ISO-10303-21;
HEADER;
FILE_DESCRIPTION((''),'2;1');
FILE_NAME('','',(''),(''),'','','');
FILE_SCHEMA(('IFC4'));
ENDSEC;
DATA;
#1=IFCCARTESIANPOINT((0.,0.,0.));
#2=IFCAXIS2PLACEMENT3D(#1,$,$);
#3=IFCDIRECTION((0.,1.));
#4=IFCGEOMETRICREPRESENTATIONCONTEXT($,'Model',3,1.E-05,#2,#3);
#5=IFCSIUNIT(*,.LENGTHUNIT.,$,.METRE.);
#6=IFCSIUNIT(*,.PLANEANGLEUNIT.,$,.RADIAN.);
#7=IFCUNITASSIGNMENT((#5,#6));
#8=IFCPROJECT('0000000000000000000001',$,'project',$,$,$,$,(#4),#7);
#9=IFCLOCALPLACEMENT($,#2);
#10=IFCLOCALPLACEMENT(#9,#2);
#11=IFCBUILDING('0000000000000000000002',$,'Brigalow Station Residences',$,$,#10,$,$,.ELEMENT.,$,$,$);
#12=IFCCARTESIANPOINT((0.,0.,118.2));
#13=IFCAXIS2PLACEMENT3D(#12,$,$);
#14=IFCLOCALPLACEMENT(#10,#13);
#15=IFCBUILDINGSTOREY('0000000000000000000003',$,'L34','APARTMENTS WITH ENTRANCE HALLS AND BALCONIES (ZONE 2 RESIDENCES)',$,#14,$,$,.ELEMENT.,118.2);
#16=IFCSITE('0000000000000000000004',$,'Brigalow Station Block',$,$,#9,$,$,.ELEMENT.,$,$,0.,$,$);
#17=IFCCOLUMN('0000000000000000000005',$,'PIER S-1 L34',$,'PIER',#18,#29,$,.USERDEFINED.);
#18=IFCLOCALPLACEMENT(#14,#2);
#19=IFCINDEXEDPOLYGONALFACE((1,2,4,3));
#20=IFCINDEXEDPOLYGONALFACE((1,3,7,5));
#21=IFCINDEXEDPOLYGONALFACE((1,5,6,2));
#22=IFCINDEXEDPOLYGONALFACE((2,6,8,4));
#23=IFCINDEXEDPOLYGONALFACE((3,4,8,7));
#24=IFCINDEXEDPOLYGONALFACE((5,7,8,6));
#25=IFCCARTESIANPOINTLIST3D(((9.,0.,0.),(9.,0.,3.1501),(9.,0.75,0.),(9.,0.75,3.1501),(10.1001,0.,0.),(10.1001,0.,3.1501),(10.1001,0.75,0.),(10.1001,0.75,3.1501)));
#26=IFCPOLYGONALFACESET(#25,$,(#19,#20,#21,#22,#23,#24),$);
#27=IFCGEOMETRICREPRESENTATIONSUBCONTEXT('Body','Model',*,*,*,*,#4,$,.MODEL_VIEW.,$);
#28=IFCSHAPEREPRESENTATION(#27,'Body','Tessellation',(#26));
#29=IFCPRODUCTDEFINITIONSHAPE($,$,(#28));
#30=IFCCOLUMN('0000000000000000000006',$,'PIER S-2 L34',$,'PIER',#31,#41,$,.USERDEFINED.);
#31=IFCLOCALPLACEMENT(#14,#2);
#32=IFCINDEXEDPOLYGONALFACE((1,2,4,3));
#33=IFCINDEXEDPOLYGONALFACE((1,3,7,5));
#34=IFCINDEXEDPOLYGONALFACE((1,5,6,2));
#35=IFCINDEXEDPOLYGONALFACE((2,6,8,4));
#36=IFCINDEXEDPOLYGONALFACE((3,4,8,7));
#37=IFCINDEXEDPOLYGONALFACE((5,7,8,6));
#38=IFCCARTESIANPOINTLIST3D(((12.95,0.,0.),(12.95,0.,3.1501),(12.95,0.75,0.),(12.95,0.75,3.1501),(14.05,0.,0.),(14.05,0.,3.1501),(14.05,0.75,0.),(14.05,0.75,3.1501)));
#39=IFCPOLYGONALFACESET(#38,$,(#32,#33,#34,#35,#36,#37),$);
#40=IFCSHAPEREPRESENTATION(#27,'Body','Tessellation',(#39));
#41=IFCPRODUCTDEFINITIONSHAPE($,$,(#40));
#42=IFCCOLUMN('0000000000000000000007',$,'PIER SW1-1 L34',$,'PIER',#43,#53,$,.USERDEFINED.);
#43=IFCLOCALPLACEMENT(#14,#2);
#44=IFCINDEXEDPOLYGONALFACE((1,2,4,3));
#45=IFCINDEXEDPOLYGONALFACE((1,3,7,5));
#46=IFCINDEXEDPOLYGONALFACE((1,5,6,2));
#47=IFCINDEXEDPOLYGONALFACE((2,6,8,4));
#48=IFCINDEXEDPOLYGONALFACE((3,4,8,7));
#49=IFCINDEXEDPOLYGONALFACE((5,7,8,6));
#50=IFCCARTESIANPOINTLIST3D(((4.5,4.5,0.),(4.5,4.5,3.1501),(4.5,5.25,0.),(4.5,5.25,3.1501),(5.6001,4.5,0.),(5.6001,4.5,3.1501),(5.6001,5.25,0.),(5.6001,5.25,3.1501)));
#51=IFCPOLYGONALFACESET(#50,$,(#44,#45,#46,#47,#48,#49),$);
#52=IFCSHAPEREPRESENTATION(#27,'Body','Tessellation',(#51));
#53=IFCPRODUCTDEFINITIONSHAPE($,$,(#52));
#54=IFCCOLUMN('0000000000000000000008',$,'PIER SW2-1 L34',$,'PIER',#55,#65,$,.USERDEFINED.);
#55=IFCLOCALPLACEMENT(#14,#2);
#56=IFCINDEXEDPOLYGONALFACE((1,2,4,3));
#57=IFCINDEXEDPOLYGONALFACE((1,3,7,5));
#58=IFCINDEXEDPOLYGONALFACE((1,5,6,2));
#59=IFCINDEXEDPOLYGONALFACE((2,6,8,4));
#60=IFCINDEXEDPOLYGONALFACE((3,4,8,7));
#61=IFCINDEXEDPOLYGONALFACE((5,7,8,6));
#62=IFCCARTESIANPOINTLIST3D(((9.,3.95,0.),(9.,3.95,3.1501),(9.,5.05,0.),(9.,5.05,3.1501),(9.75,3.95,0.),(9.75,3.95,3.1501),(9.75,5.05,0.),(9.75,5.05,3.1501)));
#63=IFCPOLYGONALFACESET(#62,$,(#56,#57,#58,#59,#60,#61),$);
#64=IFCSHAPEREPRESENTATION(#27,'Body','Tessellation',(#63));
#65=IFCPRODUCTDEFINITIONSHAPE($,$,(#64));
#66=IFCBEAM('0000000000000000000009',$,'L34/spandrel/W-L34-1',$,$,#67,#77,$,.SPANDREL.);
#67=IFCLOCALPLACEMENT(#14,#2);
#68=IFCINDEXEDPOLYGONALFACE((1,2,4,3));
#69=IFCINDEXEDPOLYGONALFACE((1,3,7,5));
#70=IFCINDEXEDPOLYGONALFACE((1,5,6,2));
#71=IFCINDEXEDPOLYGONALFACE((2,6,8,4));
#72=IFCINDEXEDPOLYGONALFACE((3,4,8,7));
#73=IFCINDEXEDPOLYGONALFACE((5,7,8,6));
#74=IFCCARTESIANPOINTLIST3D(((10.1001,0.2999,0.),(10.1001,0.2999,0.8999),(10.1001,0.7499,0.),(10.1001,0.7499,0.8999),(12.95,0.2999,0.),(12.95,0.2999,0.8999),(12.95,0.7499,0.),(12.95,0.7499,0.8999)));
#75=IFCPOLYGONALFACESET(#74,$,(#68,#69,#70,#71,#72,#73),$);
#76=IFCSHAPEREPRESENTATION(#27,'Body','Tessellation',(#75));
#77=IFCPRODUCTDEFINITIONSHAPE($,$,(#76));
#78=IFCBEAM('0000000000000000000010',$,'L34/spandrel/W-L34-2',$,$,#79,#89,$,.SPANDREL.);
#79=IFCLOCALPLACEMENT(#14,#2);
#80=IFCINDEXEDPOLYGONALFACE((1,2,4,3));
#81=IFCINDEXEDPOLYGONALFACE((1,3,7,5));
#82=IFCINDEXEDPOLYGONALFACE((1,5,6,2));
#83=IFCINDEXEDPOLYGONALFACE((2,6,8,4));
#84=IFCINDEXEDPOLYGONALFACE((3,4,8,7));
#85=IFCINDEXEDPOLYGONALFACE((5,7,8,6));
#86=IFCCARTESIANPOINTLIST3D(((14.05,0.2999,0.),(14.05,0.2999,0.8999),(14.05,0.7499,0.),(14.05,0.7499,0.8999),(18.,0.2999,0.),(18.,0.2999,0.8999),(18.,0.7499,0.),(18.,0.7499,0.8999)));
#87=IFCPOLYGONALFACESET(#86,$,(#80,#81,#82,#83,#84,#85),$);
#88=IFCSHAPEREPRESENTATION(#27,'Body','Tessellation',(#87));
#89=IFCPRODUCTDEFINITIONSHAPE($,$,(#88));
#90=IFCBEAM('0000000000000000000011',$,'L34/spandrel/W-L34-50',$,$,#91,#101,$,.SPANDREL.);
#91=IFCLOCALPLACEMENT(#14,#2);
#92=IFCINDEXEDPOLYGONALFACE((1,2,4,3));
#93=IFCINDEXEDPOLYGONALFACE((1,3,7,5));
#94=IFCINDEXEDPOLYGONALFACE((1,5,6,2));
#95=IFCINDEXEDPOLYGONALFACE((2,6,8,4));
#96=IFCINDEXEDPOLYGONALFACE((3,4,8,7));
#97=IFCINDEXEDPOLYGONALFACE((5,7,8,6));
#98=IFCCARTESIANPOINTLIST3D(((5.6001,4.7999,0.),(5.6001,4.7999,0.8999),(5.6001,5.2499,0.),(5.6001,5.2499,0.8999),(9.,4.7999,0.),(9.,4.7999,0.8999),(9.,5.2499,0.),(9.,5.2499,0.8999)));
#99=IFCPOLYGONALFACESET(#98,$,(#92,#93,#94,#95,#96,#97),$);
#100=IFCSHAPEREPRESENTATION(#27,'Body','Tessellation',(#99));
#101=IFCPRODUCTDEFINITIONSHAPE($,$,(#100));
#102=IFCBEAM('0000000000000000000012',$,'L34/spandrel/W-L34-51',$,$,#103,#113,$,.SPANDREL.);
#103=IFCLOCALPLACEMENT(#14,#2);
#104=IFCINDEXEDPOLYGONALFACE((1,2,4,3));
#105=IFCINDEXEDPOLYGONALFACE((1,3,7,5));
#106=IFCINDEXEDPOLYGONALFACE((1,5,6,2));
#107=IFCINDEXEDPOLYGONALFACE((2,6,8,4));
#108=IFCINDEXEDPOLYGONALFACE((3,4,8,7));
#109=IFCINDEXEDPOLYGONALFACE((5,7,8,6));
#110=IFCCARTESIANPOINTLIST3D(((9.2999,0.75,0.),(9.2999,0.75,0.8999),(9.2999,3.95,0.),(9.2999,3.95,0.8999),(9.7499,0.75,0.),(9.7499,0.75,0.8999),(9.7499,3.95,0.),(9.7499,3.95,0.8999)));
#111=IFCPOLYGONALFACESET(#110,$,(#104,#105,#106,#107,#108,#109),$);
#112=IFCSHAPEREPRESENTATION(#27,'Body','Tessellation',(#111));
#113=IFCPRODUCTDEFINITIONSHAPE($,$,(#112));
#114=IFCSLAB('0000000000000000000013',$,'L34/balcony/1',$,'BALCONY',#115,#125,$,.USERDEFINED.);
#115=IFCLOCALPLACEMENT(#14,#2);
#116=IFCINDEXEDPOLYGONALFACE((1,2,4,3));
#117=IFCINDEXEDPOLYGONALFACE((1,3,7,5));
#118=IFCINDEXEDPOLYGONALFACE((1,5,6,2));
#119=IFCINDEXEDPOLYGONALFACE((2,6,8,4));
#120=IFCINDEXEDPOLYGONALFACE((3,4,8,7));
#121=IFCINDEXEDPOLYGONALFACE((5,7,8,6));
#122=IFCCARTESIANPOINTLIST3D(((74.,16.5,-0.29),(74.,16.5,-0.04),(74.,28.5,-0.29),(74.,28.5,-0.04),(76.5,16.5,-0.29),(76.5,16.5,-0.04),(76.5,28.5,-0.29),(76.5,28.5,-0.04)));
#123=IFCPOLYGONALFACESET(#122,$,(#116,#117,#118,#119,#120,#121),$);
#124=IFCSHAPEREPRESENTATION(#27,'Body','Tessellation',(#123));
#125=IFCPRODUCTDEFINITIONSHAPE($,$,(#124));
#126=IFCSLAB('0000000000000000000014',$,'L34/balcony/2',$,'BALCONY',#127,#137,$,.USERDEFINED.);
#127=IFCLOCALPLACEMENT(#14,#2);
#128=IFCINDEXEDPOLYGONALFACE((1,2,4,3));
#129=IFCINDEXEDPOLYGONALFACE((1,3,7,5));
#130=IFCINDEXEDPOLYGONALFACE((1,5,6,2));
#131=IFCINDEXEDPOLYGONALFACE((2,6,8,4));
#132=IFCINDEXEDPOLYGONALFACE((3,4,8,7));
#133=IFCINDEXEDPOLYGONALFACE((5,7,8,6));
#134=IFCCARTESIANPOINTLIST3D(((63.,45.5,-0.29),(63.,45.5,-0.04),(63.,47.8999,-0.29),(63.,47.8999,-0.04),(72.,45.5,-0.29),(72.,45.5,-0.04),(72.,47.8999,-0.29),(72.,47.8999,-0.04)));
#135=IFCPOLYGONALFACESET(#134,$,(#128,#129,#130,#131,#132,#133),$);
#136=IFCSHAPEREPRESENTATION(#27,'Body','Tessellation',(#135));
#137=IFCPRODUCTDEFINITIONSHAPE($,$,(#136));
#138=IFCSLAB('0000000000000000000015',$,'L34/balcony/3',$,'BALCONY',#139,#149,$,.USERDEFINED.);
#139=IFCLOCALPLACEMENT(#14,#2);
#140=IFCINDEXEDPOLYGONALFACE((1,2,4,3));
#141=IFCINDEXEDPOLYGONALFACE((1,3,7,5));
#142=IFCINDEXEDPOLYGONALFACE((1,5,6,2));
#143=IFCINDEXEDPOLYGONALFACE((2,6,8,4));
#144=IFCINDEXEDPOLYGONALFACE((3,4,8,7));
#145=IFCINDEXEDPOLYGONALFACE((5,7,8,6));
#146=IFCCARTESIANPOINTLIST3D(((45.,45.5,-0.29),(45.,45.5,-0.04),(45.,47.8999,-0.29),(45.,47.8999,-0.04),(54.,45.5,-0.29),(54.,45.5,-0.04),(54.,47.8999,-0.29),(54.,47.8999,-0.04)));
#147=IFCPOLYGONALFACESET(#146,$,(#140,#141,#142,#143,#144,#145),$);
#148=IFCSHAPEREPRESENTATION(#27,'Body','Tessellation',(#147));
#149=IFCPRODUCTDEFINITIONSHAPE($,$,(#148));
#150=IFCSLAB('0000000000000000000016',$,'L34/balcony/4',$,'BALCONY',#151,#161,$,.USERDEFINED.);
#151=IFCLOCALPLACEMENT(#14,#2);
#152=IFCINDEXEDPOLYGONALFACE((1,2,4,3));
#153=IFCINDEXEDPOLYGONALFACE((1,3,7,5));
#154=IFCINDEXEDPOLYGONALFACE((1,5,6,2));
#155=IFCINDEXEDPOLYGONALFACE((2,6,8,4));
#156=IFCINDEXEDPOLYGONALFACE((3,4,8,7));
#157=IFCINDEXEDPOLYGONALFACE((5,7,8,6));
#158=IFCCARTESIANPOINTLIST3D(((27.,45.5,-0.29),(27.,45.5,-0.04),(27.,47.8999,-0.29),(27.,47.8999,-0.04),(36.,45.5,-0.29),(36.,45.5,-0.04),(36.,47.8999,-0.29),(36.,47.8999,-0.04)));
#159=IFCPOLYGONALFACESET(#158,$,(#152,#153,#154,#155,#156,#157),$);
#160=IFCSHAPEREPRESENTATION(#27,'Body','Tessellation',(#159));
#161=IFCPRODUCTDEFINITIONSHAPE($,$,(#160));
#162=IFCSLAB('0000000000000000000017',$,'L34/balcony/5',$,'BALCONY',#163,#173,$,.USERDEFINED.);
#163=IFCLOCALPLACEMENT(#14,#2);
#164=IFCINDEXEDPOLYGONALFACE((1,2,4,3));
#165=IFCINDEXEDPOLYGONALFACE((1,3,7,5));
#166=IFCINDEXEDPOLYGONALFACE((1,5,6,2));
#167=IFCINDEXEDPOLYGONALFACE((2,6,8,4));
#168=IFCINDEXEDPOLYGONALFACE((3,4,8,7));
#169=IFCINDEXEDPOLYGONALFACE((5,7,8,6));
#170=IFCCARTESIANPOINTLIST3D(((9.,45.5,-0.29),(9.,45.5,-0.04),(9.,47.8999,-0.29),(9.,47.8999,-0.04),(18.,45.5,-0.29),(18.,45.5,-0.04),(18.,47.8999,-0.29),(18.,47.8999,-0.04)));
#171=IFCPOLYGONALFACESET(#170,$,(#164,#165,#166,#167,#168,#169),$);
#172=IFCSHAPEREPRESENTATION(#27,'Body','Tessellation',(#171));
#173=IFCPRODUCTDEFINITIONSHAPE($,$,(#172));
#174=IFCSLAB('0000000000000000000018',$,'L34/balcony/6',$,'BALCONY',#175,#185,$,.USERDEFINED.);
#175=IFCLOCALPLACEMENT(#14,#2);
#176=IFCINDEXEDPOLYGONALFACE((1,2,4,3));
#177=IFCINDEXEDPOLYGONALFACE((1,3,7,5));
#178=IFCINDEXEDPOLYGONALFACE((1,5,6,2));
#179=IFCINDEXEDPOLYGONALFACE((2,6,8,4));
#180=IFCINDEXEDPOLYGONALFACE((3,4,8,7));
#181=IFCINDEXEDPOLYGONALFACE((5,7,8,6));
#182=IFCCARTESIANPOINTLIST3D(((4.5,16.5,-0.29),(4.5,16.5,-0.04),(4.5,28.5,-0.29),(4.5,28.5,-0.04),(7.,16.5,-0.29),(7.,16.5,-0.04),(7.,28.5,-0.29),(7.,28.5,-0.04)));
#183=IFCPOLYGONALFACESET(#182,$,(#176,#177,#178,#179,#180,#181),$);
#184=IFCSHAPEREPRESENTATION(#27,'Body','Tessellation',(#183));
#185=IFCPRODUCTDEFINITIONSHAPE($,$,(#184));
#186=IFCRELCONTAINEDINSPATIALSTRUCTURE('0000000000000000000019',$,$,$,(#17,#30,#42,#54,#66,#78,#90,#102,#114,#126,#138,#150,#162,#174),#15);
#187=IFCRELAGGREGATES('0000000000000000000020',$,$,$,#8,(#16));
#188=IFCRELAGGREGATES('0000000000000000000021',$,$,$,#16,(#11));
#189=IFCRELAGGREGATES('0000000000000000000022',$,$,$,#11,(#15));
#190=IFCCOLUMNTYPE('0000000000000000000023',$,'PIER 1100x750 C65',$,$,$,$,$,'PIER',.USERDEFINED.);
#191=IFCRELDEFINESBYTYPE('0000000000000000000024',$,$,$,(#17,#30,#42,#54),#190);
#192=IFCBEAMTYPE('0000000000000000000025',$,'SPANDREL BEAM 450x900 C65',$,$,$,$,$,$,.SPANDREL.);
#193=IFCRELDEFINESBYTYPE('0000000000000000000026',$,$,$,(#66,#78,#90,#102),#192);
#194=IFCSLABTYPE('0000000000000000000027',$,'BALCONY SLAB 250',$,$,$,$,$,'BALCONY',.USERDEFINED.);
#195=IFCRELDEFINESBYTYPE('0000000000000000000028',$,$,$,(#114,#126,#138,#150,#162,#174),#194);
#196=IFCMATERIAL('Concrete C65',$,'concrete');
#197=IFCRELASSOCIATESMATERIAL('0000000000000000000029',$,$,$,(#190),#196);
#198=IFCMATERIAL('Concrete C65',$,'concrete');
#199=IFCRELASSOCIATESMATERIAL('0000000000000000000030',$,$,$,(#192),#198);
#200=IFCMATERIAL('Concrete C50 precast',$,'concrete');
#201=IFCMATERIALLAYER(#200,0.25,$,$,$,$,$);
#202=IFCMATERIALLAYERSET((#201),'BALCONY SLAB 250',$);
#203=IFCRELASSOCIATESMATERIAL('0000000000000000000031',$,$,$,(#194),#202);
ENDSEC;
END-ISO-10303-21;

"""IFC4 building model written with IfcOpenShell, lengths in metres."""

from ifc_helpers import new_model, si_unit, direction, frame, origin, origin_2d, place, context, subcontext, project, spatial, polyline, rectangle, outline, extrude, material, layer, layer_set, material_profile, profile_set, type_object, element, save


model = new_model("IFC4")

# Units and contexts
model_context = context("Model", 3, precision=1e-05, world=origin(), true_north=direction((0.0, 1.0)))
body_context = subcontext(model_context, "Body", "Model", "MODEL_VIEW")
ifc_project = project(units=[si_unit("LENGTHUNIT", "METRE"), si_unit("PLANEANGLEUNIT", "RADIAN")], contexts=[model_context])

# Site, building, storey
site_placement = place(None, origin())
site = spatial("IfcSite", under=ifc_project, at=site_placement, Name="Brigalow Station Block", CompositionType="ELEMENT", RefElevation=0.0)
building_placement = place(site_placement, origin())
building = spatial("IfcBuilding", under=site, at=building_placement, Name="Brigalow Station Residences", CompositionType="ELEMENT")
storey_placement = place(building_placement, frame((0.0, 0.0, 118.2)))
storey = spatial("IfcBuildingStorey", under=building, at=storey_placement, Name="L34", Description="APARTMENTS WITH ENTRANCE HALLS AND BALCONIES (ZONE 2 RESIDENCES)", CompositionType="ELEMENT", Elevation=118.2)

# Columns
ifc_material_1 = material(Name="Concrete C65", Category="concrete")
ifc_material_profile_1 = material_profile(ifc_material_1, rectangle(XDim=1.1001, YDim=0.75, at=origin_2d()), Name="RC1100x750")
ifc_profile_set_1 = profile_set([ifc_material_profile_1], Name="Concrete C65")
column_type = type_object("IfcColumnType", Name="PIER 1100x750 C65", ElementType="PIER", PredefinedType="USERDEFINED", material=ifc_profile_set_1)
for number, where, z_axis, x_axis, name in (
    (1, (9.55, 0.375, 0.0), (0.0, 0.0, 1.0), (1.0, 0.0, 0.0), "PIER S-1 L34"),
    (2, (13.5, 0.375, 0.0), (0.0, 0.0, 1.0), (1.0, 0.0, 0.0), "PIER S-2 L34"),
    (3, (5.05, 4.875, 0.0), (0.0, 0.0, 1.0), (1.0, 0.0, 0.0), "PIER SW1-1 L34"),
    (4, (9.375, 4.5, 0.0), (0.0, 0.0, 1.0), (0.0, -1.0, 0.0), "PIER SW2-1 L34"),
):
    element("IfcColumn", number, at=place(storey_placement, frame(where, z_axis=z_axis, x_axis=x_axis)), inside=storey, type_object=column_type, Name=name, ObjectType="PIER", PredefinedType="USERDEFINED", context=body_context, shape_type="SweptSolid", body=[
        extrude(rectangle(XDim=1.1001, YDim=0.75, at=origin_2d()), origin(), (0.0, 0.0, 1.0), 3.1501),
    ])

# Beams
ifc_material_2 = material(Name="Concrete C65", Category="concrete")
ifc_material_profile_2 = material_profile(ifc_material_2, rectangle(XDim=0.45, YDim=0.8999, at=origin_2d()), Name="RC450x900")
ifc_profile_set_2 = profile_set([ifc_material_profile_2], Name="Concrete C65")
beam_type = type_object("IfcBeamType", Name="SPANDREL BEAM 450x900 C65", PredefinedType="SPANDREL", material=ifc_profile_set_2)
beam_1_placement = place(storey_placement, frame((10.1001, 0.5249, 0.45), z_axis=(1.0, 0.0, 0.0), x_axis=(0.0, 1.0, 0.0)))
element("IfcBeam", 5, at=beam_1_placement, inside=storey, type_object=beam_type, Name="L34/spandrel/W-L34-1", PredefinedType="SPANDREL", context=body_context, shape_type="SweptSolid", body=[
    extrude(rectangle(XDim=0.45, YDim=0.8999, at=origin_2d()), origin(), (0.0, 0.0, 1.0), 2.8499),
])
beam_2_placement = place(storey_placement, frame((14.05, 0.5249, 0.45), z_axis=(1.0, 0.0, 0.0), x_axis=(0.0, 1.0, 0.0)))
element("IfcBeam", 6, at=beam_2_placement, inside=storey, type_object=beam_type, Name="L34/spandrel/W-L34-2", PredefinedType="SPANDREL", context=body_context, shape_type="SweptSolid", body=[
    extrude(rectangle(XDim=0.45, YDim=0.8999, at=origin_2d()), origin(), (0.0, 0.0, 1.0), 3.95),
])
beam_3_placement = place(storey_placement, frame((5.6001, 5.0249, 0.45), z_axis=(1.0, 0.0, 0.0), x_axis=(0.0, 1.0, 0.0)))
element("IfcBeam", 7, at=beam_3_placement, inside=storey, type_object=beam_type, Name="L34/spandrel/W-L34-50", PredefinedType="SPANDREL", context=body_context, shape_type="SweptSolid", body=[
    extrude(rectangle(XDim=0.45, YDim=0.8999, at=origin_2d()), origin(), (0.0, 0.0, 1.0), 3.3999),
])
beam_4_placement = place(storey_placement, frame((9.5249, 3.95, 0.45), z_axis=(0.0, -1.0, 0.0), x_axis=(1.0, 0.0, 0.0)))
element("IfcBeam", 8, at=beam_4_placement, inside=storey, type_object=beam_type, Name="L34/spandrel/W-L34-51", PredefinedType="SPANDREL", context=body_context, shape_type="SweptSolid", body=[
    extrude(rectangle(XDim=0.45, YDim=0.8999, at=origin_2d()), origin(), (0.0, 0.0, 1.0), 3.2),
])

# Slabs
ifc_material_3 = material(Name="Concrete C50 precast", Category="concrete")
ifc_layer_1 = layer(ifc_material_3, 0.25)
ifc_layer_set_1 = layer_set([ifc_layer_1], Name="BALCONY SLAB 250")
slab_type_1 = type_object("IfcSlabType", Name="BALCONY SLAB 250", ElementType="BALCONY", PredefinedType="USERDEFINED", material=ifc_layer_set_1)
slab_1_placement = place(storey_placement, frame((0.0, 0.0, -0.29)))
element("IfcSlab", 9, at=slab_1_placement, inside=storey, type_object=slab_type_1, Name="L34/balcony/1", ObjectType="BALCONY", PredefinedType="USERDEFINED", context=body_context, shape_type="SweptSolid", body=[
    extrude(outline(polyline([(74.0, 16.5), (76.5, 16.5), (76.5, 28.5), (74.0, 28.5), (74.0, 16.5)])), origin(), (0.0, 0.0, 1.0), 0.25),
])
slab_2_placement = place(storey_placement, frame((0.0, 0.0, -0.29)))
element("IfcSlab", 10, at=slab_2_placement, inside=storey, type_object=slab_type_1, Name="L34/balcony/2", ObjectType="BALCONY", PredefinedType="USERDEFINED", context=body_context, shape_type="SweptSolid", body=[
    extrude(outline(polyline([(72.0, 45.5), (72.0, 47.8999), (63.0, 47.8999), (63.0, 45.5), (72.0, 45.5)])), origin(), (0.0, 0.0, 1.0), 0.25),
])
slab_3_placement = place(storey_placement, frame((0.0, 0.0, -0.29)))
element("IfcSlab", 11, at=slab_3_placement, inside=storey, type_object=slab_type_1, Name="L34/balcony/3", ObjectType="BALCONY", PredefinedType="USERDEFINED", context=body_context, shape_type="SweptSolid", body=[
    extrude(outline(polyline([(54.0, 45.5), (54.0, 47.8999), (45.0, 47.8999), (45.0, 45.5), (54.0, 45.5)])), origin(), (0.0, 0.0, 1.0), 0.25),
])
slab_4_placement = place(storey_placement, frame((0.0, 0.0, -0.29)))
element("IfcSlab", 12, at=slab_4_placement, inside=storey, type_object=slab_type_1, Name="L34/balcony/4", ObjectType="BALCONY", PredefinedType="USERDEFINED", context=body_context, shape_type="SweptSolid", body=[
    extrude(outline(polyline([(36.0, 45.5), (36.0, 47.8999), (27.0, 47.8999), (27.0, 45.5), (36.0, 45.5)])), origin(), (0.0, 0.0, 1.0), 0.25),
])
slab_5_placement = place(storey_placement, frame((0.0, 0.0, -0.29)))
element("IfcSlab", 13, at=slab_5_placement, inside=storey, type_object=slab_type_1, Name="L34/balcony/5", ObjectType="BALCONY", PredefinedType="USERDEFINED", context=body_context, shape_type="SweptSolid", body=[
    extrude(outline(polyline([(18.0, 45.5), (18.0, 47.8999), (9.0, 47.8999), (9.0, 45.5), (18.0, 45.5)])), origin(), (0.0, 0.0, 1.0), 0.25),
])
slab_6_placement = place(storey_placement, frame((0.0, 0.0, -0.29)))
element("IfcSlab", 14, at=slab_6_placement, inside=storey, type_object=slab_type_1, Name="L34/balcony/6", ObjectType="BALCONY", PredefinedType="USERDEFINED", context=body_context, shape_type="SweptSolid", body=[
    extrude(outline(polyline([(7.0, 28.5), (4.5, 28.5), (4.5, 16.5), (7.0, 16.5), (7.0, 28.5)])), origin(), (0.0, 0.0, 1.0), 0.25),
])

save(model, "model.ifc")
